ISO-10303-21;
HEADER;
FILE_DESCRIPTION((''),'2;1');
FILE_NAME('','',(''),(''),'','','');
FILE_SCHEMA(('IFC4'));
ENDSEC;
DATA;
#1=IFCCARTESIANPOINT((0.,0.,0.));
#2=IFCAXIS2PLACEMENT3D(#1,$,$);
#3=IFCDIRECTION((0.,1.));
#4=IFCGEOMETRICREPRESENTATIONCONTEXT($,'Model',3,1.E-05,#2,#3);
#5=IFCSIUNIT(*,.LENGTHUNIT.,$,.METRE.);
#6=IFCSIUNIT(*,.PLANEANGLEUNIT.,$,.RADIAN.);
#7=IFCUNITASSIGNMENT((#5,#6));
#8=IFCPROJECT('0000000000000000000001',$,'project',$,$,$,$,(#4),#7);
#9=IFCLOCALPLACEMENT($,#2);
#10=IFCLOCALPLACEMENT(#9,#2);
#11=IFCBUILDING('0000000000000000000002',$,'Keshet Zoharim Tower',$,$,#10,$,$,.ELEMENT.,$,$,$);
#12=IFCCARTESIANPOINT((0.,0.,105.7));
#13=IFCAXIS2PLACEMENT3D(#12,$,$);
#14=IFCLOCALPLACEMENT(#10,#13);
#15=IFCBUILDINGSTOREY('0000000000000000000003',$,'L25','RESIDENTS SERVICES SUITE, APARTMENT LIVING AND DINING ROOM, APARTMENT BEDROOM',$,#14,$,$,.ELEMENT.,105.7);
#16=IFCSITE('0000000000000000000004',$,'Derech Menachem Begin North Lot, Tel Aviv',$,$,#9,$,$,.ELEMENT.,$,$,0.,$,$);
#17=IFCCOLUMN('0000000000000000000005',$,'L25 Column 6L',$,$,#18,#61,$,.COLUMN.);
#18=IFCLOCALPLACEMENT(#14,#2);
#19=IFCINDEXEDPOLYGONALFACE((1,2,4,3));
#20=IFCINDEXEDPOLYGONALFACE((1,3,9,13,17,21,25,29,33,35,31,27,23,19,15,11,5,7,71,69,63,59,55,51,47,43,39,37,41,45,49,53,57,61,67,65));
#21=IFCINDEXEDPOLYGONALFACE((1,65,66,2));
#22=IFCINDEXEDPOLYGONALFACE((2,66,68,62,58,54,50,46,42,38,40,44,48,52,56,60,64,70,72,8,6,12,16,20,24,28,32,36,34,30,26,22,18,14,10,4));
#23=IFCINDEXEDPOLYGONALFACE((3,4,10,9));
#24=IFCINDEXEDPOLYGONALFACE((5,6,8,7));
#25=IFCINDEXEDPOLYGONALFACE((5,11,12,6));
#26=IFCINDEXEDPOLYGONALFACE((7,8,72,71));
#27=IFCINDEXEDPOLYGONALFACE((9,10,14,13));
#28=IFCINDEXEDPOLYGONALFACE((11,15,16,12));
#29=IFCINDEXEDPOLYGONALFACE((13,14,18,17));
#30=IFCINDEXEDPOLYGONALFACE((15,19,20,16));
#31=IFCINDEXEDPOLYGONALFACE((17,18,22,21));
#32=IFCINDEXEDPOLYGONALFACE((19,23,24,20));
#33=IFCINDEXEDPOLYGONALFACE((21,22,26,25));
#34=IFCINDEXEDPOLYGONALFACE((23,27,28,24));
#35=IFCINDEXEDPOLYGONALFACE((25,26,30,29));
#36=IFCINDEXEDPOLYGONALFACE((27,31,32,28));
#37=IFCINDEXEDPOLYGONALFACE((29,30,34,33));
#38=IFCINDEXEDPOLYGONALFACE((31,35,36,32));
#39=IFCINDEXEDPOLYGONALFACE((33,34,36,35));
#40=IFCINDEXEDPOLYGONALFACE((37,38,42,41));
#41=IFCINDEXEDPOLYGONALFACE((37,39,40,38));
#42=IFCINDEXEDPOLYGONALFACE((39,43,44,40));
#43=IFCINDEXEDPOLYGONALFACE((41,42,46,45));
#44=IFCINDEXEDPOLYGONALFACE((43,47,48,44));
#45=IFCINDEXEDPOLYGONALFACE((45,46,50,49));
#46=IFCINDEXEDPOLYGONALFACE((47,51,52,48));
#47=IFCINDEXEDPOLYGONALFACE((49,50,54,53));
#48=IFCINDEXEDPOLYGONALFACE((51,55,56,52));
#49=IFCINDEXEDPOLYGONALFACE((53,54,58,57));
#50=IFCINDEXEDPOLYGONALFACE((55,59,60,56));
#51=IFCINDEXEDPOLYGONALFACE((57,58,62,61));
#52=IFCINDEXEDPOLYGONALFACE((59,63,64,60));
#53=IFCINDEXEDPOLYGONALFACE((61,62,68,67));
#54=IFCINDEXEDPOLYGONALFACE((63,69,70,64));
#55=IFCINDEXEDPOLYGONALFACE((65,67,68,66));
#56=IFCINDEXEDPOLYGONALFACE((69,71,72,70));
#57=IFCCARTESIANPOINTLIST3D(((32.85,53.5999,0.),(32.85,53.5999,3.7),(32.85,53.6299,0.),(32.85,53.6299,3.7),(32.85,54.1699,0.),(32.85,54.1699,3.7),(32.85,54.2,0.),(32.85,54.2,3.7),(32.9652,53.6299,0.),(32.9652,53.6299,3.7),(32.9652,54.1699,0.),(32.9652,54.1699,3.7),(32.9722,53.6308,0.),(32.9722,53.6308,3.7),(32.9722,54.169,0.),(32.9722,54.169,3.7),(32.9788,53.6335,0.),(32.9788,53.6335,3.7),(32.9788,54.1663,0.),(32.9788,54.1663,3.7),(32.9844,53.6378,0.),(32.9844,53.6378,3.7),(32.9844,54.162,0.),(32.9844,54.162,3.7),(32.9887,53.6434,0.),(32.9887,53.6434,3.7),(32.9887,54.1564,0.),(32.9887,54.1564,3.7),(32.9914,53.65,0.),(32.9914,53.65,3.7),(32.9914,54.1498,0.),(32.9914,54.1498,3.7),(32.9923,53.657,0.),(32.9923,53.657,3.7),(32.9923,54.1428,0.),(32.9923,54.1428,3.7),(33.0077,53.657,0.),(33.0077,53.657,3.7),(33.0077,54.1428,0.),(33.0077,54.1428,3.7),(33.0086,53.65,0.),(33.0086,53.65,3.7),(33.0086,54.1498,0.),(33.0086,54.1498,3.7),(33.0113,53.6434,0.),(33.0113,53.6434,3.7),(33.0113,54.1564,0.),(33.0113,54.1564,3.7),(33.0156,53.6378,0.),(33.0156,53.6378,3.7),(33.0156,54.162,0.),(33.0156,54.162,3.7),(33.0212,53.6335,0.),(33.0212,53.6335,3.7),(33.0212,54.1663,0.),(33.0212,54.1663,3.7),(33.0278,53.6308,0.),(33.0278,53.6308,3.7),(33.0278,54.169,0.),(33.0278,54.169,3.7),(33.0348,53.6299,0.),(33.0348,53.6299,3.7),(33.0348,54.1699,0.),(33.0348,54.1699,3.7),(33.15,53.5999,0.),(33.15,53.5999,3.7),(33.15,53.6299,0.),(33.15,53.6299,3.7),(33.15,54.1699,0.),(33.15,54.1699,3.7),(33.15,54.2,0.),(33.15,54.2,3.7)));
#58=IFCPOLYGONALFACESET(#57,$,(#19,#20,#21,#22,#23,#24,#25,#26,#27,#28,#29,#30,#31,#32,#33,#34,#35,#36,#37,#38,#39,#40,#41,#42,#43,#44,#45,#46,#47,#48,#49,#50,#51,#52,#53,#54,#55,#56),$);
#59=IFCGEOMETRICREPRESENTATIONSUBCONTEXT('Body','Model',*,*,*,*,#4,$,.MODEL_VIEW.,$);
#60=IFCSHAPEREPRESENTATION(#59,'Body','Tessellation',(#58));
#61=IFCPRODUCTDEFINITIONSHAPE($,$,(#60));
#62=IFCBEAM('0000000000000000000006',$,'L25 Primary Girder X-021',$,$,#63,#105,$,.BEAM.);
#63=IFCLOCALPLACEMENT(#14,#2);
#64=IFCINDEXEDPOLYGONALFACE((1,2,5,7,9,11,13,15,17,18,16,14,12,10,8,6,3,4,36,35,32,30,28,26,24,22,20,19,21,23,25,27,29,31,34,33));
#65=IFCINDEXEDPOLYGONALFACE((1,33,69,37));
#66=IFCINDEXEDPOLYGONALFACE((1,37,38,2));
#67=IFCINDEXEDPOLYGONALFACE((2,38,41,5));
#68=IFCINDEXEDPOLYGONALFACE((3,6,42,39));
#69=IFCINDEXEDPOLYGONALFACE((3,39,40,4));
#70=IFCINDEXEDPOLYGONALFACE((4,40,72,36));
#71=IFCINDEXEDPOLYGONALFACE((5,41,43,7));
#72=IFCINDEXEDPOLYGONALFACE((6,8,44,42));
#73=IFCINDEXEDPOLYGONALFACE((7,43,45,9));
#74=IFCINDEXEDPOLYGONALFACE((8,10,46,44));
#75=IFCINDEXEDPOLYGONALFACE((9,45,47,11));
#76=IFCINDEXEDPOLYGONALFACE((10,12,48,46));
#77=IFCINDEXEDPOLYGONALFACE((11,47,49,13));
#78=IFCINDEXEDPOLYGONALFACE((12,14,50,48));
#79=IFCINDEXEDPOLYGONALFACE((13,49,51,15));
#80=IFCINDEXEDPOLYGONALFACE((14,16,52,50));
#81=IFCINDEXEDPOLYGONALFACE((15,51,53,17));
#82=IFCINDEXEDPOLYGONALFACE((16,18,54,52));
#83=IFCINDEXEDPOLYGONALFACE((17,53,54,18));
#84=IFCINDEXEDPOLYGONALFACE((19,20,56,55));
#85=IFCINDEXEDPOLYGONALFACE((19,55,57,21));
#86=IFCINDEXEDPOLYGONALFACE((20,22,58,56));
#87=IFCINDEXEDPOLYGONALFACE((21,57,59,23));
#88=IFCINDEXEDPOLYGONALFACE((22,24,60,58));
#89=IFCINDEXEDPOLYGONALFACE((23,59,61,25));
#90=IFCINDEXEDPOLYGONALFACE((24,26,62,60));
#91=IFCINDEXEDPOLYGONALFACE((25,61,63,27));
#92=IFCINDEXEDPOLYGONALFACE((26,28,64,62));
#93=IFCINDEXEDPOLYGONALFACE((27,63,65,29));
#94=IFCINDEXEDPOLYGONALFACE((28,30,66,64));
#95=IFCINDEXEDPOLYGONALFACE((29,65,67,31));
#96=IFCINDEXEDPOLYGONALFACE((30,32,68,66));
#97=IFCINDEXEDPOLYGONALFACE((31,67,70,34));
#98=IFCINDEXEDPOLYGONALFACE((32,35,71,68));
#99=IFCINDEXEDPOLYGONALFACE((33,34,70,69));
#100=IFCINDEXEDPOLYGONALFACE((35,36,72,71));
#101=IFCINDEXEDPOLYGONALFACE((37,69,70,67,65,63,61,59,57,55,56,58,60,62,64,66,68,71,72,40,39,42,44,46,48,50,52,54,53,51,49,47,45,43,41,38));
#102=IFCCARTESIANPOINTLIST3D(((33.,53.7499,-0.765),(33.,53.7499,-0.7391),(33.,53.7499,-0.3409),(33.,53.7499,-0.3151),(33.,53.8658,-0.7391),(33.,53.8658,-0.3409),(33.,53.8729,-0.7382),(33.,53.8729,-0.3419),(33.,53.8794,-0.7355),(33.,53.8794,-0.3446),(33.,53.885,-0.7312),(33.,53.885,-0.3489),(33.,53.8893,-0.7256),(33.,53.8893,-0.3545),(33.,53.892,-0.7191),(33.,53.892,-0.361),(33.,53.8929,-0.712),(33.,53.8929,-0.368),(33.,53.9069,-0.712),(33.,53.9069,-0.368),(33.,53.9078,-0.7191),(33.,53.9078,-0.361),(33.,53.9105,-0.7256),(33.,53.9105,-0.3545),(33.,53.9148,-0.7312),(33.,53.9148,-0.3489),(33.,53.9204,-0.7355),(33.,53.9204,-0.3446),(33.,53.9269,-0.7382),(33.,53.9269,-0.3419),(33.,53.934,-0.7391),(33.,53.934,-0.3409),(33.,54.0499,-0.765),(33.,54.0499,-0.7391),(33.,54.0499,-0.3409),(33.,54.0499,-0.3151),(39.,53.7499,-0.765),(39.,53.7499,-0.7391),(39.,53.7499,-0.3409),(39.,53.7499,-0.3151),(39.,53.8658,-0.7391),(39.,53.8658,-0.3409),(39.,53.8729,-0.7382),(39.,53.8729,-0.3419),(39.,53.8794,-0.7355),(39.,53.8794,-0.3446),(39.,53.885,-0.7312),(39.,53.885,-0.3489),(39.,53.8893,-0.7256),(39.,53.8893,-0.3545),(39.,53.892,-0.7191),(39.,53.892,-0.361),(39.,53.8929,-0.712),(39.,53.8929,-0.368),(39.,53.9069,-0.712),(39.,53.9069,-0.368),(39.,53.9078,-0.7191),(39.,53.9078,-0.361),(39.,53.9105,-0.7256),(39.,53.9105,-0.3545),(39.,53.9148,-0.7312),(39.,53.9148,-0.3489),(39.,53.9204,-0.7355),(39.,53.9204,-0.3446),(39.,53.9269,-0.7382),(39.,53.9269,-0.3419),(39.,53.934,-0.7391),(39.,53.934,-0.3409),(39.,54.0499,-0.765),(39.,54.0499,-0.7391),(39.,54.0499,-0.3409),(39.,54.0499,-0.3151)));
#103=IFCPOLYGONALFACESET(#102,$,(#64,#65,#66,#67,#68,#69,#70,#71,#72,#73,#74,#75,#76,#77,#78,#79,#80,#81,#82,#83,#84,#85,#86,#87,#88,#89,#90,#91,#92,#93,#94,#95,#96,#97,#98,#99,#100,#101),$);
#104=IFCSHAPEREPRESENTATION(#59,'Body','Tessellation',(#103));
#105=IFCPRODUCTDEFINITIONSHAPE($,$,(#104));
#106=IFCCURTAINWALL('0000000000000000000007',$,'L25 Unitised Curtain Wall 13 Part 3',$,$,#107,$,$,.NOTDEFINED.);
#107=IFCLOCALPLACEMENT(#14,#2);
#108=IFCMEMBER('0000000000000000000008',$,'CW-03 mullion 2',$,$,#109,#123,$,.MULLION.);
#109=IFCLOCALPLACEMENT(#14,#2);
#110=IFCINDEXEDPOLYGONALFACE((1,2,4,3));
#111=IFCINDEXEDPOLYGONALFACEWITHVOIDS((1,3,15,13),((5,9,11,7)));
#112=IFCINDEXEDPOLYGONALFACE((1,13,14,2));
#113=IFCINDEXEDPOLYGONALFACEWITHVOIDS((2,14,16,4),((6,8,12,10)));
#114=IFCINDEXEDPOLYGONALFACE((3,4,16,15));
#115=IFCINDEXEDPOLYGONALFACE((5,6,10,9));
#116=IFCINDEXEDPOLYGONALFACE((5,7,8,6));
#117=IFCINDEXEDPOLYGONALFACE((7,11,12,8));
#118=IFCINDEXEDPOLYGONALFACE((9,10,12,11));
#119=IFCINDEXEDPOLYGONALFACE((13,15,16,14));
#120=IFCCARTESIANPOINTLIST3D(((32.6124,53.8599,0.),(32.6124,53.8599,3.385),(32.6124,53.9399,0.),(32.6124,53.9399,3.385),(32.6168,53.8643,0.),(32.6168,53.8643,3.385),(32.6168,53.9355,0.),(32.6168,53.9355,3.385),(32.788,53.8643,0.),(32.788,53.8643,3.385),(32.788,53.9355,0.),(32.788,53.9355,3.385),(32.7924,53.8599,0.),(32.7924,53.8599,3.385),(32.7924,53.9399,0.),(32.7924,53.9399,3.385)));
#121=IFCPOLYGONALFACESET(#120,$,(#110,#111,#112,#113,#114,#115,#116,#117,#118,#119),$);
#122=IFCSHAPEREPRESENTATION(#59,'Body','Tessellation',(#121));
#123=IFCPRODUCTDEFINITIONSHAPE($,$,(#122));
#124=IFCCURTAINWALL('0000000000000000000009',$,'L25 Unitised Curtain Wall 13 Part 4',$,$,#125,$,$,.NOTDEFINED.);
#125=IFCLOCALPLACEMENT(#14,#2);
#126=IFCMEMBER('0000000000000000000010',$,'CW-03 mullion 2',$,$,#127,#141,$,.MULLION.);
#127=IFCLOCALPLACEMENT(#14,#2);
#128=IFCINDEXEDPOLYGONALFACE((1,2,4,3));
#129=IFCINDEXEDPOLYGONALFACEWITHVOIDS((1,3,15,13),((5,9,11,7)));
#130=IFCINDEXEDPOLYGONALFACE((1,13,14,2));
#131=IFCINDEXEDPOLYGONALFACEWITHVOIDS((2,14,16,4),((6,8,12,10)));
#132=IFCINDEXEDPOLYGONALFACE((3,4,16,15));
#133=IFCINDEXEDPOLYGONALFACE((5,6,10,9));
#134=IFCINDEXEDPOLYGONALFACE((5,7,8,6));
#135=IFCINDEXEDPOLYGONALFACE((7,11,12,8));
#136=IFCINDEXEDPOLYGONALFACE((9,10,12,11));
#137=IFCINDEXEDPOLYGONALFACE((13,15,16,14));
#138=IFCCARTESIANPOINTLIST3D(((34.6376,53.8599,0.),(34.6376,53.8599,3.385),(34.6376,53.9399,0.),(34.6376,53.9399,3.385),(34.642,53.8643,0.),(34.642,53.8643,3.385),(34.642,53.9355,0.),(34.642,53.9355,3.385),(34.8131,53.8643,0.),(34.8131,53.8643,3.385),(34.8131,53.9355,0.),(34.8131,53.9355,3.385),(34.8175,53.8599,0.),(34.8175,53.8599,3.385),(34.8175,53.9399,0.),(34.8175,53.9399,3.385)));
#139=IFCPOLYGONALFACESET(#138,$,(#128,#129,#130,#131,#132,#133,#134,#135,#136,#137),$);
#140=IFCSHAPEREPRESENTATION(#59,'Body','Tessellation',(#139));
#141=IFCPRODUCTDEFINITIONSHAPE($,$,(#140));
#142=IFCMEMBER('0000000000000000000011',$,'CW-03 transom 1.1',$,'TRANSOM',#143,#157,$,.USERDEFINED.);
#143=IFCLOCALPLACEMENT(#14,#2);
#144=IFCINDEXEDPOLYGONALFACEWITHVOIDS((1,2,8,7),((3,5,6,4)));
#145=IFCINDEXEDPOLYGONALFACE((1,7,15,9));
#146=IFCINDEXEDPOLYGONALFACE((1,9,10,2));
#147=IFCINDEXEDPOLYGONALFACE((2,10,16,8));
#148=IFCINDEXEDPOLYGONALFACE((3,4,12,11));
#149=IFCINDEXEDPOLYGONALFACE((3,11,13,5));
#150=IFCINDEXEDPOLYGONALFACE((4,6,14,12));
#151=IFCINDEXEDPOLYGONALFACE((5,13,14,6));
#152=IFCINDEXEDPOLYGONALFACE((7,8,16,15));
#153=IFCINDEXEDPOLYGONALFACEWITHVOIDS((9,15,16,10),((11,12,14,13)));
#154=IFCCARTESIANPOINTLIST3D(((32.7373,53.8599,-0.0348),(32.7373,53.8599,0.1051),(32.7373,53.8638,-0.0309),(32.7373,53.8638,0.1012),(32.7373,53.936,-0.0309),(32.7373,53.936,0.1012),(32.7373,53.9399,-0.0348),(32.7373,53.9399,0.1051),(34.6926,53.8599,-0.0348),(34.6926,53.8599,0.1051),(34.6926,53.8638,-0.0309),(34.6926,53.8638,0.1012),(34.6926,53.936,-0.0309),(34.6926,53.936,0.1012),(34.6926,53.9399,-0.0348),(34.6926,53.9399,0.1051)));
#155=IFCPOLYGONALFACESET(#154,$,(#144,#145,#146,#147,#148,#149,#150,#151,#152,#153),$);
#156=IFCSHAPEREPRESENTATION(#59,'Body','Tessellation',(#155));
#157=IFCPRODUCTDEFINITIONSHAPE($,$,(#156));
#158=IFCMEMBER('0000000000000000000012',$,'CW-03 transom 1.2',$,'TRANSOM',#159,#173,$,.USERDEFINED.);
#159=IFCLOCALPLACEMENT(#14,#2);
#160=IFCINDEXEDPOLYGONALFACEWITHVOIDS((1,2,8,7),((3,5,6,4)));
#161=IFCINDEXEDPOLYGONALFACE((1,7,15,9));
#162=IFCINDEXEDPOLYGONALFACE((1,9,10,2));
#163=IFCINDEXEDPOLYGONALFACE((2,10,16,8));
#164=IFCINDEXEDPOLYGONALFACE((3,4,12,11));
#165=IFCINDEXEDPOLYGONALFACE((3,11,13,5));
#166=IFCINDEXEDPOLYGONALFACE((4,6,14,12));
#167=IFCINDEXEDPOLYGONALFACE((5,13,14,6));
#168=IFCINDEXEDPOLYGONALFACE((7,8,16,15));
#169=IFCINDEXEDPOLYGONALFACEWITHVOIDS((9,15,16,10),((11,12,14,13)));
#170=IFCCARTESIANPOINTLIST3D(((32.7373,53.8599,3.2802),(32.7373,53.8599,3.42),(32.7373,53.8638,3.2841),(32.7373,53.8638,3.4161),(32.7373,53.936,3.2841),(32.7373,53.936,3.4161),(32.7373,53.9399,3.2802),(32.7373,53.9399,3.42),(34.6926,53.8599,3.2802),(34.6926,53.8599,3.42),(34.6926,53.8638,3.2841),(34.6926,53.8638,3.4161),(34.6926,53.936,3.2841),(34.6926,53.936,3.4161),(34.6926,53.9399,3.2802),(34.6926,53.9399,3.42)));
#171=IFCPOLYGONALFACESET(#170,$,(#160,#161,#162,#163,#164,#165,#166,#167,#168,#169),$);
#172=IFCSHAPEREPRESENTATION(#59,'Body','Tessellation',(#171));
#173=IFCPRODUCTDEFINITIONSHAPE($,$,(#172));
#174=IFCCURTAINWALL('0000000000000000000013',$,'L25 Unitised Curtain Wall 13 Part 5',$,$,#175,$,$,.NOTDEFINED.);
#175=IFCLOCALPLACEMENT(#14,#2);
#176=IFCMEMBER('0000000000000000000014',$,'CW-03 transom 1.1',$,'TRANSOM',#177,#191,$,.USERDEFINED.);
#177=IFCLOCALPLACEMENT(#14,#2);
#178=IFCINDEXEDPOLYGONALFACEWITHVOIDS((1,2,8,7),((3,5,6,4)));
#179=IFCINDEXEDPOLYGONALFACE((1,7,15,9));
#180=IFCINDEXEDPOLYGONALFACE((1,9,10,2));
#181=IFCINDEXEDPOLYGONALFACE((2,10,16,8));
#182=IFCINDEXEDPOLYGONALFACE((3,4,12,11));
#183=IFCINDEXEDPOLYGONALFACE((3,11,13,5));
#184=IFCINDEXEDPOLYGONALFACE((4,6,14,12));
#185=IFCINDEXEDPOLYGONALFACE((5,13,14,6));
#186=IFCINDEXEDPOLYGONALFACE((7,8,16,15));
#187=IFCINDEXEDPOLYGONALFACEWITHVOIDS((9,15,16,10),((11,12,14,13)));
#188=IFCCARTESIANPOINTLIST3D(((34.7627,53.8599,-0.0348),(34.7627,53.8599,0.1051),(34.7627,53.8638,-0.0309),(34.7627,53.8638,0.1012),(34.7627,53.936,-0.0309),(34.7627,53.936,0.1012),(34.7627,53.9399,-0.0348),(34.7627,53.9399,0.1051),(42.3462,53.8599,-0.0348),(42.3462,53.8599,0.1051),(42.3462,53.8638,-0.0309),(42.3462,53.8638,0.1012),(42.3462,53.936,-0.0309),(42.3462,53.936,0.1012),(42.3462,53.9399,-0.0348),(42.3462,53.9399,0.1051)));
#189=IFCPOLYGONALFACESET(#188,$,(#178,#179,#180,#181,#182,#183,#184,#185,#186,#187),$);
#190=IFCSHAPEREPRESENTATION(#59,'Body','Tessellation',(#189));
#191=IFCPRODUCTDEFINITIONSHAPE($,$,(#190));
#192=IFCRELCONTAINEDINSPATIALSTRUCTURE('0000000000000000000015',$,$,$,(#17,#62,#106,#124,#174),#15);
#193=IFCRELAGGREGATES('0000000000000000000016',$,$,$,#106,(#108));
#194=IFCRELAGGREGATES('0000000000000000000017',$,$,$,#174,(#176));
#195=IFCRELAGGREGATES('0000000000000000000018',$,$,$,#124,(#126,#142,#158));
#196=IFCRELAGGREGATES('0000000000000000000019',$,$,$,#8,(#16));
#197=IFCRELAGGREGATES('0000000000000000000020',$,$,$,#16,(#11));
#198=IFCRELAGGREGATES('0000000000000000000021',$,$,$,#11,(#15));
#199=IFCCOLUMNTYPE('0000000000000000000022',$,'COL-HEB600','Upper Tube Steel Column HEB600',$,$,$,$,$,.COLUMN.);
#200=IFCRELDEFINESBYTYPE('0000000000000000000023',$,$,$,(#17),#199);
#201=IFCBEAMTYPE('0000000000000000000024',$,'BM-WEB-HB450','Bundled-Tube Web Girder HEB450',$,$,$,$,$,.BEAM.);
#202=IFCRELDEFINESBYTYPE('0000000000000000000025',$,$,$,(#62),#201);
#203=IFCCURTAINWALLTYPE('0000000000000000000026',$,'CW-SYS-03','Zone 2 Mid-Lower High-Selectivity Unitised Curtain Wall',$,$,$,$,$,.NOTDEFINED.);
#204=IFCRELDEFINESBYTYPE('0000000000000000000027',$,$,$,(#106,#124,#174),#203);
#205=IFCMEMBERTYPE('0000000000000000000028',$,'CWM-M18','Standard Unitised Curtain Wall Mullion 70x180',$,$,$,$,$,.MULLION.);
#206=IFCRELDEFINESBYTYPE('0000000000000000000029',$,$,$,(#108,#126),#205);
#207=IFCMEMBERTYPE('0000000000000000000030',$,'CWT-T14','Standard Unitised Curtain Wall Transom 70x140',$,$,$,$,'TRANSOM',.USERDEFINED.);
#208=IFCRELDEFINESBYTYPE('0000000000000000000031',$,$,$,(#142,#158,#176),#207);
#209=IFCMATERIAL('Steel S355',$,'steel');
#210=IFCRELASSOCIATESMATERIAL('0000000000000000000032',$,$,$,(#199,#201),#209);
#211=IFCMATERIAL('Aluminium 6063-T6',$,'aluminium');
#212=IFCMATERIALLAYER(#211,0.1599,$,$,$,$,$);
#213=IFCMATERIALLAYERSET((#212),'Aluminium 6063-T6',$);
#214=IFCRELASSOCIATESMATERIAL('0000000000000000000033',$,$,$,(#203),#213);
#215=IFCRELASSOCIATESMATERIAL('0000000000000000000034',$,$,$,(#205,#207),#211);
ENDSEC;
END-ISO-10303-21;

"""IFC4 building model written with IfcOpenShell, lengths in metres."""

from ifc_helpers import new_model, si_unit, direction, frame, origin, origin_2d, place, context, subcontext, project, spatial, hollow_rectangle, i_section, extrude, material, layer, layer_set, material_profile, profile_set, type_object, element, aggregate, save


model = new_model("IFC4")

# Units and contexts
model_context = context("Model", 3, precision=1e-05, world=origin(), true_north=direction((0.0, 1.0)))
body_context = subcontext(model_context, "Body", "Model", "MODEL_VIEW")
ifc_project = project(units=[si_unit("LENGTHUNIT", "METRE"), si_unit("PLANEANGLEUNIT", "RADIAN")], contexts=[model_context])

# Site, building, storey
site_placement = place(None, origin())
site = spatial("IfcSite", under=ifc_project, at=site_placement, Name="Derech Menachem Begin North Lot, Tel Aviv", CompositionType="ELEMENT", RefElevation=0.0)
building_placement = place(site_placement, origin())
building = spatial("IfcBuilding", under=site, at=building_placement, Name="Keshet Zoharim Tower", CompositionType="ELEMENT")
storey_placement = place(building_placement, frame((0.0, 0.0, 105.7)))
storey = spatial("IfcBuildingStorey", under=building, at=storey_placement, Name="L25", Description="RESIDENTS SERVICES SUITE, APARTMENT LIVING AND DINING ROOM, APARTMENT BEDROOM", CompositionType="ELEMENT", Elevation=105.7)

# Column
ifc_material_1 = material(Name="Steel S355", Category="steel")
ifc_material_profile_1 = material_profile(ifc_material_1, i_section(OverallWidth=0.3, OverallDepth=0.6001, WebThickness=0.0154, FlangeThickness=0.03, FilletRadius=0.0271, at=origin_2d()), Name="HEB600")
ifc_profile_set_1 = profile_set([ifc_material_profile_1], Name="Steel S355")
column_type = type_object("IfcColumnType", Name="COL-HEB600", Description="Upper Tube Steel Column HEB600", PredefinedType="COLUMN", material=ifc_profile_set_1)
column_placement = place(storey_placement, frame((33.0, 53.8999, 0.0), z_axis=(0.0, 0.0, 1.0), x_axis=(1.0, 0.0, 0.0)))
element("IfcColumn", 1, at=column_placement, inside=storey, type_object=column_type, Name="L25 Column 6L", PredefinedType="COLUMN", context=body_context, shape_type="SweptSolid", body=[
    extrude(i_section(OverallWidth=0.3, OverallDepth=0.6001, WebThickness=0.0154, FlangeThickness=0.03, FilletRadius=0.0271, at=origin_2d()), origin(), (0.0, 0.0, 1.0), 3.7),
])

# Beam
ifc_material_profile_2 = material_profile(ifc_material_1, i_section(OverallWidth=0.3, OverallDepth=0.45, WebThickness=0.0139, FlangeThickness=0.0259, FilletRadius=0.0271, at=origin_2d()), Name="HEB450")
ifc_profile_set_2 = profile_set([ifc_material_profile_2], Name="Steel S355")
beam_type = type_object("IfcBeamType", Name="BM-WEB-HB450", Description="Bundled-Tube Web Girder HEB450", PredefinedType="BEAM", material=ifc_profile_set_2)
beam_placement = place(storey_placement, frame((33.0, 53.8999, -0.54), z_axis=(1.0, 0.0, 0.0), x_axis=(0.0, 1.0, 0.0)))
element("IfcBeam", 2, at=beam_placement, inside=storey, type_object=beam_type, Name="L25 Primary Girder X-021", PredefinedType="BEAM", context=body_context, shape_type="SweptSolid", body=[
    extrude(i_section(OverallWidth=0.3, OverallDepth=0.45, WebThickness=0.0139, FlangeThickness=0.0259, FilletRadius=0.0271, at=origin_2d()), origin(), (0.0, 0.0, 1.0), 6.0),
])

# Curtain wall, member
ifc_material_2 = material(Name="Aluminium 6063-T6", Category="aluminium")
ifc_layer_1 = layer(ifc_material_2, 0.1599)
ifc_layer_set_1 = layer_set([ifc_layer_1], Name="Aluminium 6063-T6")
curtain_wall_type = type_object("IfcCurtainWallType", Name="CW-SYS-03", Description="Zone 2 Mid-Lower High-Selectivity Unitised Curtain Wall", PredefinedType="NOTDEFINED", material=ifc_layer_set_1)
curtain_wall_1_placement = place(storey_placement, origin())
curtain_wall_1 = element("IfcCurtainWall", 3, at=curtain_wall_1_placement, inside=storey, type_object=curtain_wall_type, Name="L25 Unitised Curtain Wall 13 Part 3", PredefinedType="NOTDEFINED")
ifc_material_profile_3 = material_profile(ifc_material_2, hollow_rectangle(XDim=0.0801, YDim=0.1799, WallThickness=0.0044, at=origin_2d()), Name="MUL-80x180")
ifc_profile_set_3 = profile_set([ifc_material_profile_3], Name="Aluminium 6063-T6")
member_type_1 = type_object("IfcMemberType", Name="CWM-M18", Description="Standard Unitised Curtain Wall Mullion 70x180", PredefinedType="MULLION", material=ifc_profile_set_3)
member_1_placement = place(storey_placement, frame((32.7024, 53.8999, 0.0), z_axis=(0.0, 0.0, 1.0), x_axis=(0.0, 1.0, 0.0)))
member_1 = element("IfcMember", 4, at=member_1_placement, type_object=member_type_1, Name="CW-03 mullion 2", PredefinedType="MULLION", context=body_context, shape_type="SweptSolid", body=[
    extrude(hollow_rectangle(XDim=0.0801, YDim=0.1799, WallThickness=0.0044, at=origin_2d()), origin(), (0.0, 0.0, 1.0), 3.385),
])
aggregate(curtain_wall_1, [member_1])

# Curtain walls, members
curtain_wall_2_placement = place(storey_placement, origin())
curtain_wall_2 = element("IfcCurtainWall", 5, at=curtain_wall_2_placement, inside=storey, type_object=curtain_wall_type, Name="L25 Unitised Curtain Wall 13 Part 4", PredefinedType="NOTDEFINED")
member_2_placement = place(storey_placement, frame((34.7275, 53.8999, 0.0), z_axis=(0.0, 0.0, 1.0), x_axis=(0.0, 1.0, 0.0)))
member_2 = element("IfcMember", 6, at=member_2_placement, type_object=member_type_1, Name="CW-03 mullion 2", PredefinedType="MULLION", context=body_context, shape_type="SweptSolid", body=[
    extrude(hollow_rectangle(XDim=0.0801, YDim=0.1799, WallThickness=0.0044, at=origin_2d()), origin(), (0.0, 0.0, 1.0), 3.385),
])
ifc_material_profile_4 = material_profile(ifc_material_2, hollow_rectangle(XDim=0.0801, YDim=0.1399, WallThickness=0.0039, at=origin_2d()), Name="TRN-80x140")
ifc_profile_set_4 = profile_set([ifc_material_profile_4], Name="Aluminium 6063-T6")
member_type_2 = type_object("IfcMemberType", Name="CWT-T14", Description="Standard Unitised Curtain Wall Transom 70x140", ElementType="TRANSOM", PredefinedType="USERDEFINED", material=ifc_profile_set_4)
member_3_placement = place(storey_placement, frame((32.7373, 53.8999, 0.0352), z_axis=(1.0, 0.0, 0.0), x_axis=(0.0, 1.0, 0.0)))
member_3 = element("IfcMember", 7, at=member_3_placement, type_object=member_type_2, Name="CW-03 transom 1.1", ObjectType="TRANSOM", PredefinedType="USERDEFINED", context=body_context, shape_type="SweptSolid", body=[
    extrude(hollow_rectangle(XDim=0.0801, YDim=0.1399, WallThickness=0.0039, at=origin_2d()), origin(), (0.0, 0.0, 1.0), 1.9553),
])
member_4_placement = place(storey_placement, frame((32.7373, 53.8999, 3.3501), z_axis=(1.0, 0.0, 0.0), x_axis=(0.0, 1.0, 0.0)))
member_4 = element("IfcMember", 8, at=member_4_placement, type_object=member_type_2, Name="CW-03 transom 1.2", ObjectType="TRANSOM", PredefinedType="USERDEFINED", context=body_context, shape_type="SweptSolid", body=[
    extrude(hollow_rectangle(XDim=0.0801, YDim=0.1399, WallThickness=0.0039, at=origin_2d()), origin(), (0.0, 0.0, 1.0), 1.9553),
])
curtain_wall_3_placement = place(storey_placement, origin())
curtain_wall_3 = element("IfcCurtainWall", 9, at=curtain_wall_3_placement, inside=storey, type_object=curtain_wall_type, Name="L25 Unitised Curtain Wall 13 Part 5", PredefinedType="NOTDEFINED")
member_5_placement = place(storey_placement, frame((34.7627, 53.8999, 0.0352), z_axis=(1.0, 0.0, 0.0), x_axis=(0.0, 1.0, 0.0)))
member_5 = element("IfcMember", 10, at=member_5_placement, type_object=member_type_2, Name="CW-03 transom 1.1", ObjectType="TRANSOM", PredefinedType="USERDEFINED", context=body_context, shape_type="SweptSolid", body=[
    extrude(hollow_rectangle(XDim=0.0801, YDim=0.1399, WallThickness=0.0039, at=origin_2d()), origin(), (0.0, 0.0, 1.0), 7.5835),
])
aggregate(curtain_wall_3, [member_5])

aggregate(curtain_wall_2, [member_2, member_3, member_4])

save(model, "model.ifc")
